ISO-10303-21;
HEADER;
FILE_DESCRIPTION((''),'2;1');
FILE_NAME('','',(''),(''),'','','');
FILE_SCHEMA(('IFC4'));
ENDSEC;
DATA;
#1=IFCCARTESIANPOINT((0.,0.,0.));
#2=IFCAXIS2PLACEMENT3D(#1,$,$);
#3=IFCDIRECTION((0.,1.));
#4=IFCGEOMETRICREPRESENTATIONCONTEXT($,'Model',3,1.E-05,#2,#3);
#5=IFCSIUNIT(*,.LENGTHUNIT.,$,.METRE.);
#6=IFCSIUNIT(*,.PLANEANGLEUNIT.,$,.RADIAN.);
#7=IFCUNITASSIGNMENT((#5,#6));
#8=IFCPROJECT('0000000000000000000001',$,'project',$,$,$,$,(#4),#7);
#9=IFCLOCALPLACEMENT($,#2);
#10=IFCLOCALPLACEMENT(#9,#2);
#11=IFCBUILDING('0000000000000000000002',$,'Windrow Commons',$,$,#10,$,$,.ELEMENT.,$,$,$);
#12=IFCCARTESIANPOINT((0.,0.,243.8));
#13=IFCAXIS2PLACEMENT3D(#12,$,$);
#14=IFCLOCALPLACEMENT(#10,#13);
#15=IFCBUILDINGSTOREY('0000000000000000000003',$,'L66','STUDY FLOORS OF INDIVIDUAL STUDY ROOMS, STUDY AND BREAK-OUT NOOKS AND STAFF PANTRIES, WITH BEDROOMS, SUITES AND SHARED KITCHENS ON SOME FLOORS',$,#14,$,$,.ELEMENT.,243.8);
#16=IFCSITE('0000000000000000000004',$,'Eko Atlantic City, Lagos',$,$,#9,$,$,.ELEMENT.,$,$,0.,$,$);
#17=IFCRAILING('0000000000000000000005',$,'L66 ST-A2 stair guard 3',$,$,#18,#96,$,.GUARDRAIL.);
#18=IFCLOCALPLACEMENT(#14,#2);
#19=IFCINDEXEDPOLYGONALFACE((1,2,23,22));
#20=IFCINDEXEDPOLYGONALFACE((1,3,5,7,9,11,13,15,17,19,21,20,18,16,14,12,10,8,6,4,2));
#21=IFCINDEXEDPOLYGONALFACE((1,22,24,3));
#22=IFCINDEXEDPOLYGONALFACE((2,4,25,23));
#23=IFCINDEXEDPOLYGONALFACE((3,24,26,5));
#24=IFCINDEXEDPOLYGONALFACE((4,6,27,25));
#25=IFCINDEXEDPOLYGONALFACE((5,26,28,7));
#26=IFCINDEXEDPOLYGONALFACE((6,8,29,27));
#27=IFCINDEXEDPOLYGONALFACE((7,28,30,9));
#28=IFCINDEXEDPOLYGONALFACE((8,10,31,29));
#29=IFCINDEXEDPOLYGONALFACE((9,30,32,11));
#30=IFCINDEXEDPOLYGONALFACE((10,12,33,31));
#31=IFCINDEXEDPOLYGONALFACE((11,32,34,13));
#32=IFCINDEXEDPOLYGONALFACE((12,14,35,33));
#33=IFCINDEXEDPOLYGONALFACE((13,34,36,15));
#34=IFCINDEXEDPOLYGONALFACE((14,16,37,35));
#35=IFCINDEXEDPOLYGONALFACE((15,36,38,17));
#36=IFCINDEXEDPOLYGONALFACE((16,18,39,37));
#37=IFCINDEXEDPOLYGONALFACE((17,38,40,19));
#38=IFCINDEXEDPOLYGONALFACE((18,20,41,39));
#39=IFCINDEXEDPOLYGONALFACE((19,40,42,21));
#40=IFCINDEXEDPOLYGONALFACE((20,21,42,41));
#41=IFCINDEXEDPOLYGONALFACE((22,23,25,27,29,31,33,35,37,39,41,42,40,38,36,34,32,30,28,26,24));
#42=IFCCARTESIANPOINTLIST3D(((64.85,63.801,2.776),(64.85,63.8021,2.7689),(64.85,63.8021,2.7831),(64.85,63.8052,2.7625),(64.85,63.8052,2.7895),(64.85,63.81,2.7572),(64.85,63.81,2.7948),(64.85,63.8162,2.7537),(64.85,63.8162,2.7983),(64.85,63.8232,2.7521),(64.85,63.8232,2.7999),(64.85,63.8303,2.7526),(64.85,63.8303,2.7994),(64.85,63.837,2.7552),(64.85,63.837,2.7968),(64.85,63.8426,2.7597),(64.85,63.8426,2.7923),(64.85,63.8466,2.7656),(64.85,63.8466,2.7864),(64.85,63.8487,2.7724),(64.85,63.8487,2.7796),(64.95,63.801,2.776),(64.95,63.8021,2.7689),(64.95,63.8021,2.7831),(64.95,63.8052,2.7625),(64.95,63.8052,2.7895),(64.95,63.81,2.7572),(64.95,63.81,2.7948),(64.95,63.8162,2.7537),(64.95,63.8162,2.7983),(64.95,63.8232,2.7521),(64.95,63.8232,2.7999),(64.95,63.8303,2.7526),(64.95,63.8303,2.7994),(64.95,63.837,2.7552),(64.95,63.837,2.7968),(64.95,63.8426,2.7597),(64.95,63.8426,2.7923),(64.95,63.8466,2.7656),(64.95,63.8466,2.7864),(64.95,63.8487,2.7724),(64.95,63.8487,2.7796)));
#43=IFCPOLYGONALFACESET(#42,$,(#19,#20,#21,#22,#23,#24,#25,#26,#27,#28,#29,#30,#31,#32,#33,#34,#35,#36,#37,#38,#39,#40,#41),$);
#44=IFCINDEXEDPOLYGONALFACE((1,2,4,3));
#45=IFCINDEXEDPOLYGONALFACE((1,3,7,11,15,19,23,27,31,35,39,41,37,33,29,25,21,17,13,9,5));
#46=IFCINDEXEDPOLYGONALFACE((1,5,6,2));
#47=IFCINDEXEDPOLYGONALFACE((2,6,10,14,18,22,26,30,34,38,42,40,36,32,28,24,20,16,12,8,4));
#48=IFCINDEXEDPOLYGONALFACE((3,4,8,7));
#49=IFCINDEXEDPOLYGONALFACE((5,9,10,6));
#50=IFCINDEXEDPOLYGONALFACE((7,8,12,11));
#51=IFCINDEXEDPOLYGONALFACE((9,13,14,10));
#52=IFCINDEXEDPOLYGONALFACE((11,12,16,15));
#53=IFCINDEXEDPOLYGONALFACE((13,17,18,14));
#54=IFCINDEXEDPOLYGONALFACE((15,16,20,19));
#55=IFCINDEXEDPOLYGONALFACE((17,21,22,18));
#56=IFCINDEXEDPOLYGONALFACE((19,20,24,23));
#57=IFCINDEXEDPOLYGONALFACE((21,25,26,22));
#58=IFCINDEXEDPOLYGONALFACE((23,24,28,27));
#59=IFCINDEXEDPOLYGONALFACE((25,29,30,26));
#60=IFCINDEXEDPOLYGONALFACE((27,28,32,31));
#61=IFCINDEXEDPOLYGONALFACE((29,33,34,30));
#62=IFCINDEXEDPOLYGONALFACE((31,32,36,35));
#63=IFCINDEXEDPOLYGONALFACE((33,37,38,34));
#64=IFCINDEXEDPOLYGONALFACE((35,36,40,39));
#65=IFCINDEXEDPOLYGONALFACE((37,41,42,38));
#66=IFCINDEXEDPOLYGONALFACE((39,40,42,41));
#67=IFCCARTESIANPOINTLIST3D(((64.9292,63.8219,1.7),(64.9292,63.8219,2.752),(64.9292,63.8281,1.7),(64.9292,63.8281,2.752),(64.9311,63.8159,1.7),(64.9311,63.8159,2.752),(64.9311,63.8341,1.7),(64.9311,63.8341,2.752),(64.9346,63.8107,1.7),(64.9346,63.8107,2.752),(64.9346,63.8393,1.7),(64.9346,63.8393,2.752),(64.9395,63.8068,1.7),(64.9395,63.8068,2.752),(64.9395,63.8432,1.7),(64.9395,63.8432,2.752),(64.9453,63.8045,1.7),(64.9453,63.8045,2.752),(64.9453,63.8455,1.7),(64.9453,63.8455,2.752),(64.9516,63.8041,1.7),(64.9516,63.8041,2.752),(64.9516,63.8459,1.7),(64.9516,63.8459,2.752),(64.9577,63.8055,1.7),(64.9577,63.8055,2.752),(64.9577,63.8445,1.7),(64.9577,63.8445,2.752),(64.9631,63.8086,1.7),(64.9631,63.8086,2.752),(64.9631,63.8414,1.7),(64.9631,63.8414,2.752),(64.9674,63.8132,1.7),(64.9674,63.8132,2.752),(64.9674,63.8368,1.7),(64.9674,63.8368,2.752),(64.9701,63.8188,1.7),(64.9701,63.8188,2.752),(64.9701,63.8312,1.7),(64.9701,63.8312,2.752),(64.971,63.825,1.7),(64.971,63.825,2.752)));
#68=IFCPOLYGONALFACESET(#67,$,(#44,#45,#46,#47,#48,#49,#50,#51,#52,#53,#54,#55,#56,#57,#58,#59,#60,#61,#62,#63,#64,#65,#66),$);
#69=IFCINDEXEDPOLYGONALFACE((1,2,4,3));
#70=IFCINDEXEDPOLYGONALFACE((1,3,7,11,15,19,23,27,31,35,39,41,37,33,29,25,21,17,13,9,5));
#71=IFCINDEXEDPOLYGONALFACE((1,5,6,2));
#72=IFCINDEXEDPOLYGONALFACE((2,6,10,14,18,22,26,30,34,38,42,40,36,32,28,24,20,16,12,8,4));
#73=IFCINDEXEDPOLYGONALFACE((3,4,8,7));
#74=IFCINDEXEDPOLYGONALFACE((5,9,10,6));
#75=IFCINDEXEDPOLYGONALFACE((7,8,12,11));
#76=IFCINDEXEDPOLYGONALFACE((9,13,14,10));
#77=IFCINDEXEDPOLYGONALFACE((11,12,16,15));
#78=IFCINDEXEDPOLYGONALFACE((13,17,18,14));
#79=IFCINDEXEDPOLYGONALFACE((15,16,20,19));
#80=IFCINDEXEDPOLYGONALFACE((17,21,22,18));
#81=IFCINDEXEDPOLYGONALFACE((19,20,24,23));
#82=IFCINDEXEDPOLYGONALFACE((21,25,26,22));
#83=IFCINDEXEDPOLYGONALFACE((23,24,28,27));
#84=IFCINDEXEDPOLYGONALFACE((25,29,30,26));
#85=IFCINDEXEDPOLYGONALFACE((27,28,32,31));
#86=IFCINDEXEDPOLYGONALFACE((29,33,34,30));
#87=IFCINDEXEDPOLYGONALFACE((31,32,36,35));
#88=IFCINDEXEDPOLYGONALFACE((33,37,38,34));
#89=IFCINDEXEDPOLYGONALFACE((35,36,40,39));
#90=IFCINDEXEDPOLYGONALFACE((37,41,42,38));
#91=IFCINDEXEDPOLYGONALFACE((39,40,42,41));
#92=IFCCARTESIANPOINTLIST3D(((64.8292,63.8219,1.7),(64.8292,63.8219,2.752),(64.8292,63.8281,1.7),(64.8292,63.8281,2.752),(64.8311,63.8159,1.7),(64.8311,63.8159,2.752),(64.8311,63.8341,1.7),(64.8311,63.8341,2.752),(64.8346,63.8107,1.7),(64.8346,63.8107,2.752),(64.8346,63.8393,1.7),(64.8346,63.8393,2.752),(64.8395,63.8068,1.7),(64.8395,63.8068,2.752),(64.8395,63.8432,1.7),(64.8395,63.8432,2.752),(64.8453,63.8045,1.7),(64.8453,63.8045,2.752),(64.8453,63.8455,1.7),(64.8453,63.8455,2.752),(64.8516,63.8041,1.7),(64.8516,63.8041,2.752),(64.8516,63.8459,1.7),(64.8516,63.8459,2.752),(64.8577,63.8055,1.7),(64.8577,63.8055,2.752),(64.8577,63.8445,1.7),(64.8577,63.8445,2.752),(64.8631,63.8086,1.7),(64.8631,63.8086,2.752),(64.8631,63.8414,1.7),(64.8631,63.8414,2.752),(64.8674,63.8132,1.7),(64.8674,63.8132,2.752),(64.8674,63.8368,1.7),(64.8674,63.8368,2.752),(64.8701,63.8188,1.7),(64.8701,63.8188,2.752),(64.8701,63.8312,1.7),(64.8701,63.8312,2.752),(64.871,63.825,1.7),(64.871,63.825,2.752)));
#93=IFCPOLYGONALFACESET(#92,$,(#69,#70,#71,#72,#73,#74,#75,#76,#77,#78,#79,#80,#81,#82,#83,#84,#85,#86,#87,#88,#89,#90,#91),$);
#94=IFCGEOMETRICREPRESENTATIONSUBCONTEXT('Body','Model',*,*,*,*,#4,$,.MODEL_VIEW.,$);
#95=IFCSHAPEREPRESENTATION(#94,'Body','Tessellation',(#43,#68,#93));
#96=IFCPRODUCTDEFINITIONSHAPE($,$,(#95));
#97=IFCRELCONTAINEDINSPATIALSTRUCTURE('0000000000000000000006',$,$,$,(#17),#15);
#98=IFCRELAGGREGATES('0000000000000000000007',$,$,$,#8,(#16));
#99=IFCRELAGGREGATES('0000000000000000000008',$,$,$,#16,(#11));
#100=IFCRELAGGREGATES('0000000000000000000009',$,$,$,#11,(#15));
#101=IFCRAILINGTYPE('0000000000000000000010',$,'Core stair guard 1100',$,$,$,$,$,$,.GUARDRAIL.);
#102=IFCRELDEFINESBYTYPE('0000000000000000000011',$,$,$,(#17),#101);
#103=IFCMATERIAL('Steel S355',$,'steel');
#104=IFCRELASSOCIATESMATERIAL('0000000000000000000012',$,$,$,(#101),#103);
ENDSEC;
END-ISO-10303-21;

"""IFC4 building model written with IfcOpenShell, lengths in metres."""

from ifc_helpers import new_model, si_unit, direction, frame, origin, origin_2d, place, context, subcontext, project, spatial, circle, extrude, material, type_object, element, save


model = new_model("IFC4")

# Units and contexts
model_context = context("Model", 3, precision=1e-05, world=origin(), true_north=direction((0.0, 1.0)))
body_context = subcontext(model_context, "Body", "Model", "MODEL_VIEW")
ifc_project = project(units=[si_unit("LENGTHUNIT", "METRE"), si_unit("PLANEANGLEUNIT", "RADIAN")], contexts=[model_context])

# Site, building, storey
site_placement = place(None, origin())
site = spatial("IfcSite", under=ifc_project, at=site_placement, Name="Eko Atlantic City, Lagos", CompositionType="ELEMENT", RefElevation=0.0)
building_placement = place(site_placement, origin())
building = spatial("IfcBuilding", under=site, at=building_placement, Name="Windrow Commons", CompositionType="ELEMENT")
storey_placement = place(building_placement, frame((0.0, 0.0, 243.8)))
storey = spatial("IfcBuildingStorey", under=building, at=storey_placement, Name="L66", Description="STUDY FLOORS OF INDIVIDUAL STUDY ROOMS, STUDY AND BREAK-OUT NOOKS AND STAFF PANTRIES, WITH BEDROOMS, SUITES AND SHARED KITCHENS ON SOME FLOORS", CompositionType="ELEMENT", Elevation=243.8)

# Railing
ifc_material_1 = material(Name="Steel S355", Category="steel")
railing_type_1 = type_object("IfcRailingType", Name="Core stair guard 1100", PredefinedType="GUARDRAIL", material=ifc_material_1)
railing_1_placement = place(storey_placement, frame((64.95, 63.825, 1.7)))
element("IfcRailing", 1, at=railing_1_placement, inside=storey, type_object=railing_type_1, Name="L66 ST-A2 stair guard 3", PredefinedType="GUARDRAIL", context=body_context, shape_type="SweptSolid", body=[
    extrude(circle(Radius=0.024, at=origin_2d()), frame((0.0, 0.0, 1.076), z_axis=(-1.0, 0.0, 0.0), x_axis=(0.0, -1.0, 0.0)), (0.0, 0.0, 1.0), 0.1),
    extrude(circle(Radius=0.021, at=origin_2d()), origin(), (0.0, 0.0, 1.0), 1.052),
    extrude(circle(Radius=0.021, at=origin_2d()), frame((-0.1, 0.0, 0.0)), (0.0, 0.0, 1.0), 1.052),
])

save(model, "model.ifc")
